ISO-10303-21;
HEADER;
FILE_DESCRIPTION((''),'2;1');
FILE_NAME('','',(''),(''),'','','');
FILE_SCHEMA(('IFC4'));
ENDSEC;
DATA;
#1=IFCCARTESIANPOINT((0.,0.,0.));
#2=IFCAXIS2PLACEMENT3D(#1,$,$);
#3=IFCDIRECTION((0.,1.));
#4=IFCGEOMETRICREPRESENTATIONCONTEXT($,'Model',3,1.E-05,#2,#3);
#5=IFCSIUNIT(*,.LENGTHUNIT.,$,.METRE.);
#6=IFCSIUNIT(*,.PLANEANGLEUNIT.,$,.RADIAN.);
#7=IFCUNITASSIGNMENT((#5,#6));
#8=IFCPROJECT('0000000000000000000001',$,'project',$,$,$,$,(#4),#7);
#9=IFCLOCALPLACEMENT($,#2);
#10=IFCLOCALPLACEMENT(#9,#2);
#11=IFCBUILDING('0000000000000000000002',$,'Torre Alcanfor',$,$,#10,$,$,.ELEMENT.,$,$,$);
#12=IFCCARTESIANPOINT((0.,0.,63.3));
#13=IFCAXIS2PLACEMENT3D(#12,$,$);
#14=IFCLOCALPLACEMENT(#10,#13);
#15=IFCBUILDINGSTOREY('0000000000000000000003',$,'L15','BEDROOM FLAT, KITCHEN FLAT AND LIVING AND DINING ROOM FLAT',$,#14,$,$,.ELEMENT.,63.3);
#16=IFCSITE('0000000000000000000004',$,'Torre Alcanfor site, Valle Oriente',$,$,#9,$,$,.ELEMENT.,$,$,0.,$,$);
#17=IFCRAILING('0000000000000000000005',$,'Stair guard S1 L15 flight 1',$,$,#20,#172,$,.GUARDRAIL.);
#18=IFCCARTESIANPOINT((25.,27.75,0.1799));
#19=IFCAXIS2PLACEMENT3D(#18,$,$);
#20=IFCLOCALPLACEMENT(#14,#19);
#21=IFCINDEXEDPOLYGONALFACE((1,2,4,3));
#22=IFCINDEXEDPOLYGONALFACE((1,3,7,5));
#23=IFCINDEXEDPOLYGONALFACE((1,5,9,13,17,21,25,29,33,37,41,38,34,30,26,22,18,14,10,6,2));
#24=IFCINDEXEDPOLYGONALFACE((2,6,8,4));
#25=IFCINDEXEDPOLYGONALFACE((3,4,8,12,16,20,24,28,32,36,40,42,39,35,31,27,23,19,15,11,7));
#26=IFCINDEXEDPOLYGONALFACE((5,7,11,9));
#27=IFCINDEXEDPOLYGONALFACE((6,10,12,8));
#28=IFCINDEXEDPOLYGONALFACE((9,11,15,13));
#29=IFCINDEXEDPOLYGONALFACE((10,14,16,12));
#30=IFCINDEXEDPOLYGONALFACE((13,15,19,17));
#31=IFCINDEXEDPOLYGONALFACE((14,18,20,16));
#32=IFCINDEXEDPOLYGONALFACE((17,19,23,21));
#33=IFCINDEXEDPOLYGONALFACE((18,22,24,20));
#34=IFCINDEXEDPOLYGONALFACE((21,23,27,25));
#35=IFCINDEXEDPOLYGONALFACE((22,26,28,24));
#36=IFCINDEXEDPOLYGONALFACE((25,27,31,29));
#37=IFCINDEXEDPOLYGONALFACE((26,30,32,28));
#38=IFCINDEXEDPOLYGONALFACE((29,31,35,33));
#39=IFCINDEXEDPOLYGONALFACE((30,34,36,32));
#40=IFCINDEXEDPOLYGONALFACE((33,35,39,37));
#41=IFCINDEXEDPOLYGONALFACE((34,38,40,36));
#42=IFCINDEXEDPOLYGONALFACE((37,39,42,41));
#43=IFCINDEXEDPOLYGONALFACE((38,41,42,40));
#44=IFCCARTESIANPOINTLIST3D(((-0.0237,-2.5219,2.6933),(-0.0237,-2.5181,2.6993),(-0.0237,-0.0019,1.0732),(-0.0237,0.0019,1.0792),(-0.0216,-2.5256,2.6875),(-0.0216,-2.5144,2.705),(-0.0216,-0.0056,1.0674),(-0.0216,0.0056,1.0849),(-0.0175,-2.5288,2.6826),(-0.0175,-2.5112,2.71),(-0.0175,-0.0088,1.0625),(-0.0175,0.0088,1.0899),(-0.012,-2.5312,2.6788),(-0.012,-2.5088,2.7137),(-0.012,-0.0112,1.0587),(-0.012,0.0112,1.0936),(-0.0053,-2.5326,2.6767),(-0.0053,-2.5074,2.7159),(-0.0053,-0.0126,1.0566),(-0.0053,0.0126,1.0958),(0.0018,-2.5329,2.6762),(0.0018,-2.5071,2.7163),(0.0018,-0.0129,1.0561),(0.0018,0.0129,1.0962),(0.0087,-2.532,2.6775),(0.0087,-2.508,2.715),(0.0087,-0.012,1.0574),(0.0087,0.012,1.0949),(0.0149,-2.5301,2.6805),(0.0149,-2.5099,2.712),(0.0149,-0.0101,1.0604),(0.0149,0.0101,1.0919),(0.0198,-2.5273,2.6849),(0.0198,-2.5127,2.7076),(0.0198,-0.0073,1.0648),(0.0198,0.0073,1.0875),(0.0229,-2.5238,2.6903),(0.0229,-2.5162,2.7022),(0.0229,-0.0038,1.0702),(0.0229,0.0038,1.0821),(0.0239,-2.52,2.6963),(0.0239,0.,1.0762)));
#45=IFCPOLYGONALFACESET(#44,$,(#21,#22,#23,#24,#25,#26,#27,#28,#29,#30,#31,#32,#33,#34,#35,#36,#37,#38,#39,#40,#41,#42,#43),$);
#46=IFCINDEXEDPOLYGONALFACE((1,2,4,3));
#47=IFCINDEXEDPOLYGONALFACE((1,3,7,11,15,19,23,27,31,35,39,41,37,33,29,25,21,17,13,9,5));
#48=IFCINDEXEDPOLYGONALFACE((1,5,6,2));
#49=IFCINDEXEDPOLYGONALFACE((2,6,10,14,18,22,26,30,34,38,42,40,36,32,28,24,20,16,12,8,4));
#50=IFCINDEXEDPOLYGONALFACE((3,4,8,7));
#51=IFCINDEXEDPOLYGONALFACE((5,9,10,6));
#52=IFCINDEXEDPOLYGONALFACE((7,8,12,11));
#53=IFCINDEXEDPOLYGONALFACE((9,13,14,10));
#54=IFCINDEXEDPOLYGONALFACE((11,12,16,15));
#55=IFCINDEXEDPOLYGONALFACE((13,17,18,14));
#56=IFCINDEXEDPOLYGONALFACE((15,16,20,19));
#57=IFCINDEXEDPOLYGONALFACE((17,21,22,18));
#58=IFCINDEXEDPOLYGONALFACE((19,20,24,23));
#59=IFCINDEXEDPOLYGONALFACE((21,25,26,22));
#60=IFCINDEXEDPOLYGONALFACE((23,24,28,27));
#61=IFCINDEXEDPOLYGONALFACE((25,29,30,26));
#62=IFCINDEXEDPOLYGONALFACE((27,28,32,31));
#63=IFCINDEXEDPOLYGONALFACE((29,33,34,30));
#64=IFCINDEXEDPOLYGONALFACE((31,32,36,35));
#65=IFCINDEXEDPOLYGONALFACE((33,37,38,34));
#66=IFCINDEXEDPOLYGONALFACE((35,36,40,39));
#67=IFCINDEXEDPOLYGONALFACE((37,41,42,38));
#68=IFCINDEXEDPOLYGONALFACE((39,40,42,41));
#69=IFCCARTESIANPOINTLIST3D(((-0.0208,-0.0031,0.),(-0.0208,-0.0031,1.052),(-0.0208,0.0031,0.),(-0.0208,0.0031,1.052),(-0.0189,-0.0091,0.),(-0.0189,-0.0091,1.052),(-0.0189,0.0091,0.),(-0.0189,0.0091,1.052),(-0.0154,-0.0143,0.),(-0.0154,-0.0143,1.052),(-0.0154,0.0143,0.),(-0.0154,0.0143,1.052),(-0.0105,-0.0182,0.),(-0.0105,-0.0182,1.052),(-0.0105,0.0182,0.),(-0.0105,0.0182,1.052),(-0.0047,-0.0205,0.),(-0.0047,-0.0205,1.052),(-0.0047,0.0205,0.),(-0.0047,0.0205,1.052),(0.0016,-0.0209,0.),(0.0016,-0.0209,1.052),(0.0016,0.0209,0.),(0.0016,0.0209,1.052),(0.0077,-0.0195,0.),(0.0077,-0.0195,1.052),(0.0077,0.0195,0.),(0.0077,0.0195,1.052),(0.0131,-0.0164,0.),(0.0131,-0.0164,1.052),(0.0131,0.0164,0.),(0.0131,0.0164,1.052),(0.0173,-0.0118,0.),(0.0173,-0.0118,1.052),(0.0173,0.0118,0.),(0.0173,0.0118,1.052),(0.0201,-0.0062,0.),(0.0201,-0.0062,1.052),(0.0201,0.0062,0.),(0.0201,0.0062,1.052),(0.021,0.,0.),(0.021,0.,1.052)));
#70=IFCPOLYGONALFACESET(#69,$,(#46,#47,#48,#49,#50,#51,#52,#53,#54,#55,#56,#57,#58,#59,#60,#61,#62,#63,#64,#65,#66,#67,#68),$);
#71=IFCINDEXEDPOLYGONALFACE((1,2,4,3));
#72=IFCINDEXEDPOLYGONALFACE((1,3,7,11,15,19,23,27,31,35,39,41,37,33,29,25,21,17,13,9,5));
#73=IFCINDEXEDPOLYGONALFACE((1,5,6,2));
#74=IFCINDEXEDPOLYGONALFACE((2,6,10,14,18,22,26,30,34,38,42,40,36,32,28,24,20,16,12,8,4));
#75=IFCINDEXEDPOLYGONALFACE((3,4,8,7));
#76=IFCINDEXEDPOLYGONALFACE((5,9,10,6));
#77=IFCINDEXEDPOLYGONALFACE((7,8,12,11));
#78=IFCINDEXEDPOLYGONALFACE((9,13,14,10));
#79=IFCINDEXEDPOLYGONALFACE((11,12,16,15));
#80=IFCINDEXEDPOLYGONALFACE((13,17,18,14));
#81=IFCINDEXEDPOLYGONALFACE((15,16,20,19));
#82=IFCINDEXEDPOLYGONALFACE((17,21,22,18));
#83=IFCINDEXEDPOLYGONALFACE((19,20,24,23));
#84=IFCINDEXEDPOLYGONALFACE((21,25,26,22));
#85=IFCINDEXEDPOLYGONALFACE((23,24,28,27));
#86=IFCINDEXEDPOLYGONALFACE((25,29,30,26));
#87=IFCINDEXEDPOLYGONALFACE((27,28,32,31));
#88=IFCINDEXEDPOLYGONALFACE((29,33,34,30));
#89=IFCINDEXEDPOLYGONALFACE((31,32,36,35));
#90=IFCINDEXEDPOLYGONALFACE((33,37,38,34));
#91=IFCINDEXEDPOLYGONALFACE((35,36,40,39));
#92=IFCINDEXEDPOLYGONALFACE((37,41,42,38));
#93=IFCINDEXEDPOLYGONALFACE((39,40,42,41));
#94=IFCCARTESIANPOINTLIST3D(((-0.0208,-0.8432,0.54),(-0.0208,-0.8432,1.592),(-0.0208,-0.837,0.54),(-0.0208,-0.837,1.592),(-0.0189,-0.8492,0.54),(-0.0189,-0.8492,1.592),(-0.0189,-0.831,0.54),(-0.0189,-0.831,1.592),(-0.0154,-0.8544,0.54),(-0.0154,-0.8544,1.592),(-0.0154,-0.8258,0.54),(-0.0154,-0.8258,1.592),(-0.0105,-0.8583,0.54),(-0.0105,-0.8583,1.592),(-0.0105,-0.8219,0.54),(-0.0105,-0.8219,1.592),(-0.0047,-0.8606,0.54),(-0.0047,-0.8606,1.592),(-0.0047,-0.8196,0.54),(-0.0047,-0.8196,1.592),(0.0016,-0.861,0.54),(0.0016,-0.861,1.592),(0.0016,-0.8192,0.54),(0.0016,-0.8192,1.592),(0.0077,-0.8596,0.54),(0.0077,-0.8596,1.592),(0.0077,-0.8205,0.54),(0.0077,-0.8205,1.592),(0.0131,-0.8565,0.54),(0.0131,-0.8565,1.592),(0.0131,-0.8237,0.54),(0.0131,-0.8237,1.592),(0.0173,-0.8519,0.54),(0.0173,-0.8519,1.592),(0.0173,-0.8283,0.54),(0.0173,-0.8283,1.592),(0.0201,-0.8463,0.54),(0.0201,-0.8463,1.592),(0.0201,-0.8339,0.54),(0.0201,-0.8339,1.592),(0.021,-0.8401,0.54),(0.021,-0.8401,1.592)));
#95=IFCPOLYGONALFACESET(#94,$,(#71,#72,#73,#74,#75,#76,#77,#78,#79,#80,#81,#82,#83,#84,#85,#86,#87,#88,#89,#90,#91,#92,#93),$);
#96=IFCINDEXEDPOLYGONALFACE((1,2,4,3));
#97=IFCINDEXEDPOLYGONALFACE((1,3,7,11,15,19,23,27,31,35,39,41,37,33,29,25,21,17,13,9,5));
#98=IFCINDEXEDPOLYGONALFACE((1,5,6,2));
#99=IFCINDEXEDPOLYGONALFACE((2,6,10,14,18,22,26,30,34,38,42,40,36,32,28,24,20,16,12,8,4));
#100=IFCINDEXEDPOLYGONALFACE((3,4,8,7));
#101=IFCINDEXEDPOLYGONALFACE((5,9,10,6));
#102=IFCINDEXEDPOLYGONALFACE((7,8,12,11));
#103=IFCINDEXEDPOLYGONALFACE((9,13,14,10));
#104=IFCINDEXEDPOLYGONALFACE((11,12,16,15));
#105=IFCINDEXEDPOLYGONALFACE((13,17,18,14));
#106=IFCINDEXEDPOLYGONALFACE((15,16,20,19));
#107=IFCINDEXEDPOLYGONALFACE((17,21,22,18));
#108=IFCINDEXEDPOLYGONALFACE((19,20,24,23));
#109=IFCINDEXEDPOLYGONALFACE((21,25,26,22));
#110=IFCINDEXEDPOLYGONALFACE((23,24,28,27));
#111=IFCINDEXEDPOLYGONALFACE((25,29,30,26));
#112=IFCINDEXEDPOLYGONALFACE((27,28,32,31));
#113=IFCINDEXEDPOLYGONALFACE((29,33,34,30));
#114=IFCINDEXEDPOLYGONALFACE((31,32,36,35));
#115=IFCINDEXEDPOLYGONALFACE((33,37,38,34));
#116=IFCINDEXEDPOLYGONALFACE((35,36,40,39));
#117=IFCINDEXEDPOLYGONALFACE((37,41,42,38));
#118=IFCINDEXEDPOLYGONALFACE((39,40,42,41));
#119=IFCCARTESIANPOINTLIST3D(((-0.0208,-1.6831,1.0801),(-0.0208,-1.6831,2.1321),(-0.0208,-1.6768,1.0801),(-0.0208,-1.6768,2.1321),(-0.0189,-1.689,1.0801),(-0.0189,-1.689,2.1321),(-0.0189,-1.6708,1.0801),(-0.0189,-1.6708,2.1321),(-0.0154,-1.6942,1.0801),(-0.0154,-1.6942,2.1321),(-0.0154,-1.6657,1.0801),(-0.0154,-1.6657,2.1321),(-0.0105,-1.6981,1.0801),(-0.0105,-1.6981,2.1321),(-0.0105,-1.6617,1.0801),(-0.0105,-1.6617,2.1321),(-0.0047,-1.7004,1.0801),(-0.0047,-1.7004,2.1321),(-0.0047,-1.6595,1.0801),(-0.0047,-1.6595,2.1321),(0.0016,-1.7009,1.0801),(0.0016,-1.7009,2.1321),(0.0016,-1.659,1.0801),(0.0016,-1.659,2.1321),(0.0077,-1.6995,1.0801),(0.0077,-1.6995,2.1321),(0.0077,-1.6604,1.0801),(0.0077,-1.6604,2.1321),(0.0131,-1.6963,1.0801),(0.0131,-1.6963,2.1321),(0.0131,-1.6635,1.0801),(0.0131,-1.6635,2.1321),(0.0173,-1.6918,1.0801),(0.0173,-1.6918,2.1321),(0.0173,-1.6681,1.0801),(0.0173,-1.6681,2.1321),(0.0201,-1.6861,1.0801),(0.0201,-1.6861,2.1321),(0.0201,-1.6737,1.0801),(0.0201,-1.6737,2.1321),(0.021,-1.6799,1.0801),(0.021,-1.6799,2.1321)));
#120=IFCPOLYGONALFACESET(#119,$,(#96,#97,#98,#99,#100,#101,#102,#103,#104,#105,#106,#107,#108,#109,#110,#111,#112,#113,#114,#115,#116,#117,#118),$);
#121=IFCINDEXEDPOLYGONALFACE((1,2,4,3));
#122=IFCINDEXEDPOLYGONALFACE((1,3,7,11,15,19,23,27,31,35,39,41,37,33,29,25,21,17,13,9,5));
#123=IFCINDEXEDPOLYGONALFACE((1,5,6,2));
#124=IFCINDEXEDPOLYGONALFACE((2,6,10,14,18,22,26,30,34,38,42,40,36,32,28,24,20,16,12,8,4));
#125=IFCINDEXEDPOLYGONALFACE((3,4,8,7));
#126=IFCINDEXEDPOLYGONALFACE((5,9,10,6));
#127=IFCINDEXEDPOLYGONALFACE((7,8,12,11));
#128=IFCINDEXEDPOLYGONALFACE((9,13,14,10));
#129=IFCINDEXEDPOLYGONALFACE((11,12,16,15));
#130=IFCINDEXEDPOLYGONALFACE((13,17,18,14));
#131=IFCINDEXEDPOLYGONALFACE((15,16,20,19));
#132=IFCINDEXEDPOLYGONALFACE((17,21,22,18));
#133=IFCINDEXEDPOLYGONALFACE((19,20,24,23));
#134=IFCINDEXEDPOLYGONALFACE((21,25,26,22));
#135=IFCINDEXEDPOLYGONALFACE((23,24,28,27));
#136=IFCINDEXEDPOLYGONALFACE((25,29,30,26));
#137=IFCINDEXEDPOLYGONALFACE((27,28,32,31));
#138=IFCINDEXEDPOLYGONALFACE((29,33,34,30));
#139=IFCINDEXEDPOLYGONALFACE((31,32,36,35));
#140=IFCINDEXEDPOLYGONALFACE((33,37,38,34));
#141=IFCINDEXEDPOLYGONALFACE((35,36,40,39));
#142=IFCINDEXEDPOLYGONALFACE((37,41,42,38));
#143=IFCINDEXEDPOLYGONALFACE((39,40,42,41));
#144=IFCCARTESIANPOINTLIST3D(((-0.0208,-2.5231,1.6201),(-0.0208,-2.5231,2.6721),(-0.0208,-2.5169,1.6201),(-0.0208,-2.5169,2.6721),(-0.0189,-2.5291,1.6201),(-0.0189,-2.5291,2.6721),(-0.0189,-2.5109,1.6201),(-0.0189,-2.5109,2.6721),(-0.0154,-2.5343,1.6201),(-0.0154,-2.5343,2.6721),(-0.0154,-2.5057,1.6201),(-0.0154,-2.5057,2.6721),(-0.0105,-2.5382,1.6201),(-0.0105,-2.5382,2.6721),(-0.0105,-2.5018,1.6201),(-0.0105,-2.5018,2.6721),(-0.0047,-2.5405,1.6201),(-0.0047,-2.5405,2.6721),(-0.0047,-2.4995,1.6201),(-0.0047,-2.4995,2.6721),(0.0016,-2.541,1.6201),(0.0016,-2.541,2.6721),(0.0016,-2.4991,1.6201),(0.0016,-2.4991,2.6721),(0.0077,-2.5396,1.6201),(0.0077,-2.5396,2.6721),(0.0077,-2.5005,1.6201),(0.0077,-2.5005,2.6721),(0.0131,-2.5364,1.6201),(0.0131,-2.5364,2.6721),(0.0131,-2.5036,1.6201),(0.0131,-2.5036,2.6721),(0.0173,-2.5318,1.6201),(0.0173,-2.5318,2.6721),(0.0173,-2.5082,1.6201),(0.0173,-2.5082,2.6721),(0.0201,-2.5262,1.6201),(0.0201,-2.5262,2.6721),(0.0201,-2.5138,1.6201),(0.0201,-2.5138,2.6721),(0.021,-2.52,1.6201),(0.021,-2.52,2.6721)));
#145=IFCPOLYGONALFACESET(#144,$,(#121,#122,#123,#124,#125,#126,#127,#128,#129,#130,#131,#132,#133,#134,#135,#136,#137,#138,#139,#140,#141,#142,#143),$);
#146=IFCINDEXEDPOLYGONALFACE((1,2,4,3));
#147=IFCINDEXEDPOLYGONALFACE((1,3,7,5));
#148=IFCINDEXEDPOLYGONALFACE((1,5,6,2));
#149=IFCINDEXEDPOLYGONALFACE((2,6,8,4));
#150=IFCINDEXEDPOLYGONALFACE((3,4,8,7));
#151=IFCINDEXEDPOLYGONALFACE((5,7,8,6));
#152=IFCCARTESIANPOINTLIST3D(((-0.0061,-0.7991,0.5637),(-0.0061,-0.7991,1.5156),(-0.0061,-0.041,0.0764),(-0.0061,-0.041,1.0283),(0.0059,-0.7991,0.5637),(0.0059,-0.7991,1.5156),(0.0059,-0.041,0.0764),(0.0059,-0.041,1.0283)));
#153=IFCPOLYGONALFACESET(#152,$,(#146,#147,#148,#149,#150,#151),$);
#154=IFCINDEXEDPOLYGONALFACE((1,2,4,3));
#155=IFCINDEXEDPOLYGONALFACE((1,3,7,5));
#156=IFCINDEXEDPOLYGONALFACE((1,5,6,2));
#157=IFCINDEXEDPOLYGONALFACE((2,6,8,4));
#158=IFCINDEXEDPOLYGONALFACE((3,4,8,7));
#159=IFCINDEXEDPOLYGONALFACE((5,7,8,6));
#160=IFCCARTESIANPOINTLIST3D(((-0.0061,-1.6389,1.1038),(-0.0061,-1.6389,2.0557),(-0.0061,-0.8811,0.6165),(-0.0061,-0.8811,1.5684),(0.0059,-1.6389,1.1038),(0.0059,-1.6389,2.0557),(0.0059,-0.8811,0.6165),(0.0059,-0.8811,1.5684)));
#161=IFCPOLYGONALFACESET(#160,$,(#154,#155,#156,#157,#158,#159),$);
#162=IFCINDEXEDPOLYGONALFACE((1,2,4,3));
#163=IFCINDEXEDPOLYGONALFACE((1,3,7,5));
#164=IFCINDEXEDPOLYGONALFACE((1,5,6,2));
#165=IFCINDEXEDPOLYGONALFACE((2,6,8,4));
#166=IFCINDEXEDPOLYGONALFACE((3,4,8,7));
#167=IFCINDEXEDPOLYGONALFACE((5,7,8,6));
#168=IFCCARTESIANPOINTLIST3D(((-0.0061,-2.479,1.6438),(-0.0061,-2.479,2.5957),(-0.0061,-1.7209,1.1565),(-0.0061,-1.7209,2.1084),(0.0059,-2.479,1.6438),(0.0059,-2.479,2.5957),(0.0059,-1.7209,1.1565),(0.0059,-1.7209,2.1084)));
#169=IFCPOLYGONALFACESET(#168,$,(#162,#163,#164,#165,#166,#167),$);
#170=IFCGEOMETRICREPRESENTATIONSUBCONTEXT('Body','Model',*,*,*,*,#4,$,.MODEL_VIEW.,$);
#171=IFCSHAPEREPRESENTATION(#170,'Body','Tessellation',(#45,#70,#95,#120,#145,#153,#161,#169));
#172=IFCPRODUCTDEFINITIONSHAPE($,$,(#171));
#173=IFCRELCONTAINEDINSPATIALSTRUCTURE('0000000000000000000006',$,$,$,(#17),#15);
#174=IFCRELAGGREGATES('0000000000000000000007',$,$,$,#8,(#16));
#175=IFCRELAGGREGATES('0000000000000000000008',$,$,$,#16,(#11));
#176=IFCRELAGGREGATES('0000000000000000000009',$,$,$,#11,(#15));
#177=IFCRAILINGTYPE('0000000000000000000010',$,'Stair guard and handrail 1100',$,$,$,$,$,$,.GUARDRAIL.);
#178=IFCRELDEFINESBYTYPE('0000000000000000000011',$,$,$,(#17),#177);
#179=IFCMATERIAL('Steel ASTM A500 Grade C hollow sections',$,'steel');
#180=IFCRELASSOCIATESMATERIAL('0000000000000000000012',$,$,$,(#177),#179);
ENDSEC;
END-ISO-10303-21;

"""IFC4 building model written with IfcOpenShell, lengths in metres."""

from ifc_helpers import new_model, si_unit, direction, frame, origin, origin_2d, place, context, subcontext, project, spatial, polyline, circle, outline, extrude, material, type_object, element, save


model = new_model("IFC4")

# Units and contexts
model_context = context("Model", 3, precision=1e-05, world=origin(), true_north=direction((0.0, 1.0)))
body_context = subcontext(model_context, "Body", "Model", "MODEL_VIEW")
ifc_project = project(units=[si_unit("LENGTHUNIT", "METRE"), si_unit("PLANEANGLEUNIT", "RADIAN")], contexts=[model_context])

# Site, building, storey
site_placement = place(None, origin())
site = spatial("IfcSite", under=ifc_project, at=site_placement, Name="Torre Alcanfor site, Valle Oriente", CompositionType="ELEMENT", RefElevation=0.0)
building_placement = place(site_placement, origin())
building = spatial("IfcBuilding", under=site, at=building_placement, Name="Torre Alcanfor", CompositionType="ELEMENT")
storey_placement = place(building_placement, frame((0.0, 0.0, 63.3)))
storey = spatial("IfcBuildingStorey", under=building, at=storey_placement, Name="L15", Description="BEDROOM FLAT, KITCHEN FLAT AND LIVING AND DINING ROOM FLAT", CompositionType="ELEMENT", Elevation=63.3)

# Railing
ifc_material_1 = material(Name="Steel ASTM A500 Grade C hollow sections", Category="steel")
railing_type_1 = type_object("IfcRailingType", Name="Stair guard and handrail 1100", PredefinedType="GUARDRAIL", material=ifc_material_1)
railing_1_placement = place(storey_placement, frame((25.0, 27.75, 0.1799)))
element("IfcRailing", 1, at=railing_1_placement, inside=storey, type_object=railing_type_1, Name="Stair guard S1 L15 flight 1", PredefinedType="GUARDRAIL", context=body_context, shape_type="SweptSolid", body=[
    extrude(circle(Radius=0.0239, at=origin_2d()), frame((0.0, 0.0, 1.0762), z_axis=(0.0, -0.841163, 0.540782), x_axis=(1.0, 0.0, 0.0)), (0.0, 0.0, 1.0), 2.9958),
    extrude(circle(Radius=0.021, at=origin_2d()), origin(), (0.0, 0.0, 1.0), 1.052),
    extrude(circle(Radius=0.021, at=origin_2d()), frame((0.0, -0.8401, 0.54)), (0.0, 0.0, 1.0), 1.052),
    extrude(circle(Radius=0.021, at=origin_2d()), frame((0.0, -1.6799, 1.0801)), (0.0, 0.0, 1.0), 1.052),
    extrude(circle(Radius=0.021, at=origin_2d()), frame((0.0, -2.52, 1.6201)), (0.0, 0.0, 1.0), 1.052),
    extrude(outline(polyline([(0.041, 0.0764), (0.7991, 0.5637), (0.7991, 1.5156), (0.041, 1.0283), (0.041, 0.0764)])), frame((0.0059, 0.0, 0.0), z_axis=(-1.0, 0.0, 0.0), x_axis=(0.0, -1.0, 0.0)), (0.0, 0.0, 1.0), 0.012),
    extrude(outline(polyline([(0.8811, 0.6165), (1.6389, 1.1038), (1.6389, 2.0557), (0.8811, 1.5684), (0.8811, 0.6165)])), frame((0.0059, 0.0, 0.0), z_axis=(-1.0, 0.0, 0.0), x_axis=(0.0, -1.0, 0.0)), (0.0, 0.0, 1.0), 0.012),
    extrude(outline(polyline([(1.7209, 1.1565), (2.479, 1.6438), (2.479, 2.5957), (1.7209, 2.1084), (1.7209, 1.1565)])), frame((0.0059, 0.0, 0.0), z_axis=(-1.0, 0.0, 0.0), x_axis=(0.0, -1.0, 0.0)), (0.0, 0.0, 1.0), 0.012),
])

save(model, "model.ifc")
